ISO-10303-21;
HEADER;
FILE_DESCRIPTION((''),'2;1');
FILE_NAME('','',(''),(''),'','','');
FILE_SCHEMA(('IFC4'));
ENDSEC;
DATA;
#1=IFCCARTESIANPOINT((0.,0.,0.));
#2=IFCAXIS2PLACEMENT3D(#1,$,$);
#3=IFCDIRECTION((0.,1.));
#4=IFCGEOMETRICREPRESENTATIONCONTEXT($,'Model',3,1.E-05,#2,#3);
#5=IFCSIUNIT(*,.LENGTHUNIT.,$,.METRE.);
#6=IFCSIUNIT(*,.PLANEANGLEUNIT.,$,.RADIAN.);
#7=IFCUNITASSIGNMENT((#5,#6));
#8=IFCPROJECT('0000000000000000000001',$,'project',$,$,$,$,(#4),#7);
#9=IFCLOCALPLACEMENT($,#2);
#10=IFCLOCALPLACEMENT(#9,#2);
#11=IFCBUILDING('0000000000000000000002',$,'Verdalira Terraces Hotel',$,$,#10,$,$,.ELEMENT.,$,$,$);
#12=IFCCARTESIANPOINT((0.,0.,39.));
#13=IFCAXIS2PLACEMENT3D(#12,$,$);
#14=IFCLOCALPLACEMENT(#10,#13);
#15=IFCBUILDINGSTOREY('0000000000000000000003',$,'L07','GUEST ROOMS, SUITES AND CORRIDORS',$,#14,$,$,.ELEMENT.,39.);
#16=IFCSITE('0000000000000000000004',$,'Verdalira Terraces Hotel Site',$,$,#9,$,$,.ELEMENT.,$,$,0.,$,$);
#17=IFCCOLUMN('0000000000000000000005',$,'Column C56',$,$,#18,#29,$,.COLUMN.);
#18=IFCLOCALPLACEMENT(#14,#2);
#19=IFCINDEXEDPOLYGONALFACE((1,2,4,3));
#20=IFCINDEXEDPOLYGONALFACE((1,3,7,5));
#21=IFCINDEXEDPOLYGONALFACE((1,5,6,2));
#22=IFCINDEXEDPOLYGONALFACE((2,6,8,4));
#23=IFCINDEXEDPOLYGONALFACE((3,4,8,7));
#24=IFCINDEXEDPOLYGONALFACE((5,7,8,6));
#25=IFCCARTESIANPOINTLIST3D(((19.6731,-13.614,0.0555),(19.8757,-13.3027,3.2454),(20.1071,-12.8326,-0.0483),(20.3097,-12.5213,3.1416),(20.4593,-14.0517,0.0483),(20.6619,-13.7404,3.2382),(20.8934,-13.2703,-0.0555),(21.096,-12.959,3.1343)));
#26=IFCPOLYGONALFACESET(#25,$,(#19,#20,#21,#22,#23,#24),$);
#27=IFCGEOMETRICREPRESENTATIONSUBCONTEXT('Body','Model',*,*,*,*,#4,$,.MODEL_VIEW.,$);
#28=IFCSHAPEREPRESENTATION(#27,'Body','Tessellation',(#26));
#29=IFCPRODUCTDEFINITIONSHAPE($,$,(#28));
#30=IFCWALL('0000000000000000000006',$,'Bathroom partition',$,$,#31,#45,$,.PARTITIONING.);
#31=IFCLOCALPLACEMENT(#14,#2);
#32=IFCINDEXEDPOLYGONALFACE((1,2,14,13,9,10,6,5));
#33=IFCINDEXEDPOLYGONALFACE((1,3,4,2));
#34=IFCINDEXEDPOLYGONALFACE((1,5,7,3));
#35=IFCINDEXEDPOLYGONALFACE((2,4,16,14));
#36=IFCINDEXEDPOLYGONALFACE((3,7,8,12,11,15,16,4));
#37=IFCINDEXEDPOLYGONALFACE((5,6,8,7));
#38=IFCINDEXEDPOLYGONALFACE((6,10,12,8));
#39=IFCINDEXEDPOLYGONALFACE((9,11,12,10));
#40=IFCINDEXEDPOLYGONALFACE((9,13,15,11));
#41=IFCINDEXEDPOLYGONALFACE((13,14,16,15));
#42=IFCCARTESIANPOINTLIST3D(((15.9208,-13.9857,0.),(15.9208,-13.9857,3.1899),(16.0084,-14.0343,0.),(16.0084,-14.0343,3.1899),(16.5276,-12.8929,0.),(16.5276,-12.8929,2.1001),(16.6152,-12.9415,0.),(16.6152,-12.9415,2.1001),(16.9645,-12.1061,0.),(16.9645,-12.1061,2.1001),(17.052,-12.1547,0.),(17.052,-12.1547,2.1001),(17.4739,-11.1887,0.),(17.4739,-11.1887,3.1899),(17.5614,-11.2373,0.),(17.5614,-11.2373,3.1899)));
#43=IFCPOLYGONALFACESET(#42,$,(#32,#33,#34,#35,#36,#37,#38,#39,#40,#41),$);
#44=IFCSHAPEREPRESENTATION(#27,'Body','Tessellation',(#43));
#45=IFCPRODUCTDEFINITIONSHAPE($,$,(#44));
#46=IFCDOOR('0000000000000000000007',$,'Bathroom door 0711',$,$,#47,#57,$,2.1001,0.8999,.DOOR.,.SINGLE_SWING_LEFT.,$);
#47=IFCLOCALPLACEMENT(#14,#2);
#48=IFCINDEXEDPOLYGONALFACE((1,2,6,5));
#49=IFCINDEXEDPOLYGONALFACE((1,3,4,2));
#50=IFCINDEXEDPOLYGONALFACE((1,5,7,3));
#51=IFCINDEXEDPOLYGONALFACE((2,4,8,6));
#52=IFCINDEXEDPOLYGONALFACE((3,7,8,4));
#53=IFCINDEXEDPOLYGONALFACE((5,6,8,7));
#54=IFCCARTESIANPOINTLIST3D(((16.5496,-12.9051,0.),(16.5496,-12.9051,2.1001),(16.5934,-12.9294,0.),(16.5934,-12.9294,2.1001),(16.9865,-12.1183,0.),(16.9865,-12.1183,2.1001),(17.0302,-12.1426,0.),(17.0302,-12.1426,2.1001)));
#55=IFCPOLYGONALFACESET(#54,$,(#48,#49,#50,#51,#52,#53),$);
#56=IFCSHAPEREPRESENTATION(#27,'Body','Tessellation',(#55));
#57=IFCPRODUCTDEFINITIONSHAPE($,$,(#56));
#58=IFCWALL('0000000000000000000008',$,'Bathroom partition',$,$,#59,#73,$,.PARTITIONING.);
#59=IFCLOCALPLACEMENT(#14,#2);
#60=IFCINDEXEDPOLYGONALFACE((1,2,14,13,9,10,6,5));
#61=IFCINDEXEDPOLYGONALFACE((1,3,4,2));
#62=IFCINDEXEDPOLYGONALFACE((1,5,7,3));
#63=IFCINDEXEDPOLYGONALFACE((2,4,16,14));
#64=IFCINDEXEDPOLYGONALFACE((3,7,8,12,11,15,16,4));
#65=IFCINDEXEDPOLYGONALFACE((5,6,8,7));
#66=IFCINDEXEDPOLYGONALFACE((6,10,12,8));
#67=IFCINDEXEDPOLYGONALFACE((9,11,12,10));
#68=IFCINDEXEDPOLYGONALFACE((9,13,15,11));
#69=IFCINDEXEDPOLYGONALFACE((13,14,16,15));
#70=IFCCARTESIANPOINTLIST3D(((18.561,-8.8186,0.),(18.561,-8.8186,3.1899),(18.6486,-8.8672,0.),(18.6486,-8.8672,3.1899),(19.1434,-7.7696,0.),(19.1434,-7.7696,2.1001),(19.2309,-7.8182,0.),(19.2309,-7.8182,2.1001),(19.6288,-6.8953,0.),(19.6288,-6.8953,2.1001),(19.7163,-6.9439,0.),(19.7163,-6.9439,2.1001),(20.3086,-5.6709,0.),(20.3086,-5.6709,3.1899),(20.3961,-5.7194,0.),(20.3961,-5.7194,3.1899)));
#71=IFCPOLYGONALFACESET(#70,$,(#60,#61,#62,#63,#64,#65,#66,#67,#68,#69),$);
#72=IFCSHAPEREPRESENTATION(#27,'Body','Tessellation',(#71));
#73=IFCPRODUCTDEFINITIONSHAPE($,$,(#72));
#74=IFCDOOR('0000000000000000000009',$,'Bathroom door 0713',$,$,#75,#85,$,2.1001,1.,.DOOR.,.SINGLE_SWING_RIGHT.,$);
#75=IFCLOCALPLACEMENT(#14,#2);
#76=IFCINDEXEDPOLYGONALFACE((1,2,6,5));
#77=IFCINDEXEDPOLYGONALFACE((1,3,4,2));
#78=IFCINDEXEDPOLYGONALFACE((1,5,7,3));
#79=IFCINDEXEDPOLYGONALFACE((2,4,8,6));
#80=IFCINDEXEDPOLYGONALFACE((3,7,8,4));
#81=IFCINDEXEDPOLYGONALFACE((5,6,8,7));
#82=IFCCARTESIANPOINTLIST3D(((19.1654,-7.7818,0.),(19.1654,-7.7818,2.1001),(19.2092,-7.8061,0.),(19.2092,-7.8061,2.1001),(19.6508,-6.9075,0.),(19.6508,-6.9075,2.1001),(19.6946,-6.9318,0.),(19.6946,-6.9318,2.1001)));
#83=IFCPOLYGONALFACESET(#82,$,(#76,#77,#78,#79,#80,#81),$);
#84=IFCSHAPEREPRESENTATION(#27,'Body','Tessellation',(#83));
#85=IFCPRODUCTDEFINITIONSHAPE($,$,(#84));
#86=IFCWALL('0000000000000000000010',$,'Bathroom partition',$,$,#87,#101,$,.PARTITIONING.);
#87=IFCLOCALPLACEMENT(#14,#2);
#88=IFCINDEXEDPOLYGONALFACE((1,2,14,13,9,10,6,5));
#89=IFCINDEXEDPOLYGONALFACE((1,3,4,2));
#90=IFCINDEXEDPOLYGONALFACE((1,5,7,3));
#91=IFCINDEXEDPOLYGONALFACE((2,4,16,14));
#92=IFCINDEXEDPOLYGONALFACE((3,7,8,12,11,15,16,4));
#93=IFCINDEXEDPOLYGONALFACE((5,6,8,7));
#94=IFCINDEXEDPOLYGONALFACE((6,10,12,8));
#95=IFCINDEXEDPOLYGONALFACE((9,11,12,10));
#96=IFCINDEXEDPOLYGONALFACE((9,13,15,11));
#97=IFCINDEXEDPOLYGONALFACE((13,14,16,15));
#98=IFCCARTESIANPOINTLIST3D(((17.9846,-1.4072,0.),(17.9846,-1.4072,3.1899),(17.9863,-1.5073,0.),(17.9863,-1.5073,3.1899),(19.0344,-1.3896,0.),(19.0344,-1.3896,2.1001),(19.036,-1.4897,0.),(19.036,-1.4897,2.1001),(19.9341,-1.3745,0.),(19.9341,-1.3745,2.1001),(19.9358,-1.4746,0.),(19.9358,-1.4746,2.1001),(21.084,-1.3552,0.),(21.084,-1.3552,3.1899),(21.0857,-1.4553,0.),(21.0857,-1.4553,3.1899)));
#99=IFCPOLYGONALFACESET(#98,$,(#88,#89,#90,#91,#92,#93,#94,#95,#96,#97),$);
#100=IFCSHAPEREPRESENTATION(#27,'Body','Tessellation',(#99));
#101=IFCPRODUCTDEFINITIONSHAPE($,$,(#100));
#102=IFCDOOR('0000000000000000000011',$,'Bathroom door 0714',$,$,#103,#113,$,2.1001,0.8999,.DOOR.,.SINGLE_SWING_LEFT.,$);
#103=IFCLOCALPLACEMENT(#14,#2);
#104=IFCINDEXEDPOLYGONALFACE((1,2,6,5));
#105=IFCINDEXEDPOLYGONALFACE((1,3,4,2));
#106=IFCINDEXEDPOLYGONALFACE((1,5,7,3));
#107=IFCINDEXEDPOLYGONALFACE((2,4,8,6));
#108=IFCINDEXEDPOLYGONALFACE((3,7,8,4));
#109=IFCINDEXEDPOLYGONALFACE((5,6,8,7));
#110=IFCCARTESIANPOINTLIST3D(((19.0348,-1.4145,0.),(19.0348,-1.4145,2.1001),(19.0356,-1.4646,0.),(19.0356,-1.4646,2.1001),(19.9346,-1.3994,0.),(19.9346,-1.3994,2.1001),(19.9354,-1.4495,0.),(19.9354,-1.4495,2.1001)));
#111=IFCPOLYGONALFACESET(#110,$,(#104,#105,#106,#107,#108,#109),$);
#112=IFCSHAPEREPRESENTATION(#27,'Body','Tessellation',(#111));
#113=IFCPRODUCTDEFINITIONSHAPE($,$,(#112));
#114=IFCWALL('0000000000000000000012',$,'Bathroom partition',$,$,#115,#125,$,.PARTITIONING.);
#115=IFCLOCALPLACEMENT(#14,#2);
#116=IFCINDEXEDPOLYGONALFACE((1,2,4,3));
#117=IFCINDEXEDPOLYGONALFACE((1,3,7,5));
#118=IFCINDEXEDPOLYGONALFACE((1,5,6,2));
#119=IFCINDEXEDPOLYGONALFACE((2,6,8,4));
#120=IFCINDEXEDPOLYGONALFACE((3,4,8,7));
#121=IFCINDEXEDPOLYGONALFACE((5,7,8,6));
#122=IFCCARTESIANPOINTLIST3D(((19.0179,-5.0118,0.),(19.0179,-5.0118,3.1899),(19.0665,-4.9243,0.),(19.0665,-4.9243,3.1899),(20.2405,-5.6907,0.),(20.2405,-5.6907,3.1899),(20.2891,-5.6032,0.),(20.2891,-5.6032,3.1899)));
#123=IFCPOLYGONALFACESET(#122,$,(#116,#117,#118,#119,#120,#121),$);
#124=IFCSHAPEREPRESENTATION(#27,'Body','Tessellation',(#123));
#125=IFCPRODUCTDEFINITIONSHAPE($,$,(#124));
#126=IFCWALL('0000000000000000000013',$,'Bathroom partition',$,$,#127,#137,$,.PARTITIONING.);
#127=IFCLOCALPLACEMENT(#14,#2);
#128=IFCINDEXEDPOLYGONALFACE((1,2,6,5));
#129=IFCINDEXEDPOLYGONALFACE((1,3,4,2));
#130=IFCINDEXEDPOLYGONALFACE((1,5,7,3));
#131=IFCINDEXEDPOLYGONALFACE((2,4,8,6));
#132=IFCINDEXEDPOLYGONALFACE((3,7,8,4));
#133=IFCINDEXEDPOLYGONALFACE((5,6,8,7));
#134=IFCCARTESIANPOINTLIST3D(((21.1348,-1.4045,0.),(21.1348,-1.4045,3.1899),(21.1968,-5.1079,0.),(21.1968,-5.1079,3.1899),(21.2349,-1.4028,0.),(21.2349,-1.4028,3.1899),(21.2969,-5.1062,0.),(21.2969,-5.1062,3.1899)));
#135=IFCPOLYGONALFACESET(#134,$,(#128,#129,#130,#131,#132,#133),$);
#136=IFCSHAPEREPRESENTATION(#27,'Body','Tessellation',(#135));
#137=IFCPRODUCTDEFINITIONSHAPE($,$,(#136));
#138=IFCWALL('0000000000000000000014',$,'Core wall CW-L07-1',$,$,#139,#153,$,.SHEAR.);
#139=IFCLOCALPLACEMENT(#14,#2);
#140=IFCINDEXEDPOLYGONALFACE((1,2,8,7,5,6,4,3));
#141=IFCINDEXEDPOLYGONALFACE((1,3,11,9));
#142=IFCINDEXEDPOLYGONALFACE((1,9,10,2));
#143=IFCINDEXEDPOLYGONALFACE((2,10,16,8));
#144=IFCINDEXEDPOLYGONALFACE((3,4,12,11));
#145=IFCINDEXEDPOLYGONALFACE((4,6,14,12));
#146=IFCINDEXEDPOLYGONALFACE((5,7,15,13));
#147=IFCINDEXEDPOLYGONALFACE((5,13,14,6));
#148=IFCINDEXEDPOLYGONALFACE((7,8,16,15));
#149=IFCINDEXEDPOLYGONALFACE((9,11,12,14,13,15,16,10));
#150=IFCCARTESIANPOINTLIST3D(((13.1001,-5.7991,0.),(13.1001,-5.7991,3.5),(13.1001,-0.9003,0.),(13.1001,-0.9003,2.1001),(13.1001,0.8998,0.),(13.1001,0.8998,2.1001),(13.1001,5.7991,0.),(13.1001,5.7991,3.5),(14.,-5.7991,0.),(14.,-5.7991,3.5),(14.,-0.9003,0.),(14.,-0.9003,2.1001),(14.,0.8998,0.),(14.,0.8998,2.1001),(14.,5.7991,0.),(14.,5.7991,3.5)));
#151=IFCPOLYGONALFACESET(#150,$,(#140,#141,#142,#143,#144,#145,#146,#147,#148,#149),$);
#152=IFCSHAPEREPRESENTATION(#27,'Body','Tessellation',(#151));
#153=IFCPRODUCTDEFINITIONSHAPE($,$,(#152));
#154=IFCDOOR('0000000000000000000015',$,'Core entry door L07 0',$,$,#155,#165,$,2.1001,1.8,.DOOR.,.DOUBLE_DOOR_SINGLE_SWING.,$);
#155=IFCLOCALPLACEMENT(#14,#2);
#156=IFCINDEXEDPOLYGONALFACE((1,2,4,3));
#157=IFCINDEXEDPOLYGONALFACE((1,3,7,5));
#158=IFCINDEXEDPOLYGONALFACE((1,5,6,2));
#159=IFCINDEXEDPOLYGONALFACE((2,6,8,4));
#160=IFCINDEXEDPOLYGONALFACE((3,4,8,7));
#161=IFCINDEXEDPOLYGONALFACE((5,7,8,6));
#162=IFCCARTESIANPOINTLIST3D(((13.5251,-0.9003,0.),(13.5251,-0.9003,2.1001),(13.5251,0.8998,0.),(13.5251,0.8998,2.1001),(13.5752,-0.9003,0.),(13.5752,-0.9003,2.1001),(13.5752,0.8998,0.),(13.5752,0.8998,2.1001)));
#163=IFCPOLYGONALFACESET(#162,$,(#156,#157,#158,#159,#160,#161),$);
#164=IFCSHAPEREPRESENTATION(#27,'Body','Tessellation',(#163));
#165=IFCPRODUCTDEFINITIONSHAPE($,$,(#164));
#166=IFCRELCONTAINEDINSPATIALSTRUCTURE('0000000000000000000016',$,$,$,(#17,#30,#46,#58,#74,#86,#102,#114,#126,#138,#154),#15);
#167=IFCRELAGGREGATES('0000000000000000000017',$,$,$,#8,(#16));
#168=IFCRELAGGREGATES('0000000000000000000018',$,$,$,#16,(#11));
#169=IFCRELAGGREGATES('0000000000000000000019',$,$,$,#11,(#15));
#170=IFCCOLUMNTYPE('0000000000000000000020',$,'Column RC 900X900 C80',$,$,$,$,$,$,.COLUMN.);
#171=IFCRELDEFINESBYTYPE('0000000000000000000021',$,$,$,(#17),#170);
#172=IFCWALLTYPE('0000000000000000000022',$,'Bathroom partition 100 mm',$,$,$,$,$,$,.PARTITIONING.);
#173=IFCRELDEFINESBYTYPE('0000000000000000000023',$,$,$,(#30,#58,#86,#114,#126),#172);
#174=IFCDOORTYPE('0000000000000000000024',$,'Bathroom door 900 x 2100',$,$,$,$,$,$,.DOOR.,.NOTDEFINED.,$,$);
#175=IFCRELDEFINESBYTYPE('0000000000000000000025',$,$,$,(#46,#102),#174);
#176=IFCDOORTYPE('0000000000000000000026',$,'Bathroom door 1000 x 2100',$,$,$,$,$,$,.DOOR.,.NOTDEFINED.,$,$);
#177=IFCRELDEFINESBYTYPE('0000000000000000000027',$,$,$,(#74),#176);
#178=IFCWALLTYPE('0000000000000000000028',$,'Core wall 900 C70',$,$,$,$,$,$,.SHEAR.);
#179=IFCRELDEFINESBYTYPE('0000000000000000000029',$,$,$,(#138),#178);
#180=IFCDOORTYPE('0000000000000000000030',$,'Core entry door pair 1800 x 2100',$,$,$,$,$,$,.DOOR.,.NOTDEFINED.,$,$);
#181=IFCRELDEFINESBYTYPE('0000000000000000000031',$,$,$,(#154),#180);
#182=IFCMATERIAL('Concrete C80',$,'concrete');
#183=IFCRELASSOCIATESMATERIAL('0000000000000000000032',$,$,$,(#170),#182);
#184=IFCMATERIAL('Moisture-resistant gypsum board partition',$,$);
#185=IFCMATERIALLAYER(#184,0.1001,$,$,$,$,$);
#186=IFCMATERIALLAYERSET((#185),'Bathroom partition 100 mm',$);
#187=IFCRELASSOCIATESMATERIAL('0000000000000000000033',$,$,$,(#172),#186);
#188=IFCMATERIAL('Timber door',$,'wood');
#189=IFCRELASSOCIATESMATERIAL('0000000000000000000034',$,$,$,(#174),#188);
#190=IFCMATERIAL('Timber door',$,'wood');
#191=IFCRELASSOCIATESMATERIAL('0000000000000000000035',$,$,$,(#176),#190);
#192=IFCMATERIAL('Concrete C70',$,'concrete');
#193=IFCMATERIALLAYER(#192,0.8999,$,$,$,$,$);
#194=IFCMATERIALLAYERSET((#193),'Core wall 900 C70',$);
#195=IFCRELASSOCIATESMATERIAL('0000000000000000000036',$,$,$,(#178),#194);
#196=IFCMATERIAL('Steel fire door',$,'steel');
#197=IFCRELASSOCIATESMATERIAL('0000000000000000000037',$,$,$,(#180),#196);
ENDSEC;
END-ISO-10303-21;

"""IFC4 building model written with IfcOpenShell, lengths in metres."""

from ifc_helpers import new_model, si_unit, direction, frame, frame_2d, origin, origin_2d, place, context, subcontext, project, spatial, rectangle, extrude, material, layer, layer_set, material_profile, profile_set, type_object, element, fill, save


model = new_model("IFC4")

# Units and contexts
model_context = context("Model", 3, precision=1e-05, world=origin(), true_north=direction((0.0, 1.0)))
body_context = subcontext(model_context, "Body", "Model", "MODEL_VIEW")
ifc_project = project(units=[si_unit("LENGTHUNIT", "METRE"), si_unit("PLANEANGLEUNIT", "RADIAN")], contexts=[model_context])

# Site, building, storey
site_placement = place(None, origin())
site = spatial("IfcSite", under=ifc_project, at=site_placement, Name="Verdalira Terraces Hotel Site", CompositionType="ELEMENT", RefElevation=0.0)
building_placement = place(site_placement, origin())
building = spatial("IfcBuilding", under=site, at=building_placement, Name="Verdalira Terraces Hotel", CompositionType="ELEMENT")
storey_placement = place(building_placement, frame((0.0, 0.0, 39.0)))
storey = spatial("IfcBuildingStorey", under=building, at=storey_placement, Name="L07", Description="GUEST ROOMS, SUITES AND CORRIDORS", CompositionType="ELEMENT", Elevation=39.0)

# Column
ifc_material_1 = material(Name="Concrete C80", Category="concrete")
ifc_material_profile = material_profile(ifc_material_1, rectangle(XDim=0.8999, YDim=0.8999, at=origin_2d()), Name="RC 900X900")
ifc_profile_set = profile_set([ifc_material_profile], Name="Concrete C80")
column_type = type_object("IfcColumnType", Name="Column RC 900X900 C80", PredefinedType="COLUMN", material=ifc_profile_set)
column_placement = place(storey_placement, frame((20.2832, -13.4421, 0.0), z_axis=(0.063097, 0.096927, 0.993289), x_axis=(0.873716, -0.48637, -0.008041)))
element("IfcColumn", 1, at=column_placement, inside=storey, type_object=column_type, Name="Column C56", PredefinedType="COLUMN", context=body_context, shape_type="SweptSolid", body=[
    extrude(rectangle(XDim=0.8999, YDim=0.8999, at=origin_2d()), origin(), (0.0, 0.0, 1.0), 3.2114),
])

# Walls, openings, doors
ifc_material_2 = material(Name="Moisture-resistant gypsum board partition")
ifc_layer_1 = layer(ifc_material_2, 0.1001)
ifc_layer_set_1 = layer_set([ifc_layer_1], Name="Bathroom partition 100 mm")
wall_type_1 = type_object("IfcWallType", Name="Bathroom partition 100 mm", PredefinedType="PARTITIONING", material=ifc_layer_set_1)
wall_1_placement = place(storey_placement, frame((15.9646, -14.01, 0.0), z_axis=(0.0, 0.0, 1.0), x_axis=(0.485442, 0.874269, 0.0)))
wall_1 = element("IfcWall", 2, at=wall_1_placement, inside=storey, type_object=wall_type_1, Name="Bathroom partition", PredefinedType="PARTITIONING", context=body_context, shape_type="SweptSolid", body=[
    extrude(rectangle(XDim=3.1992, YDim=0.1001, at=frame_2d((1.5996, 0.0))), origin(), (0.0, 0.0, 1.0), 3.1899),
])
opening_1_placement = place(wall_1_placement, frame((1.25, 0.0, 0.0)))
opening_1 = element("IfcOpeningElement", 3, at=opening_1_placement, cuts=wall_1, PredefinedType="OPENING", context=body_context, shape_type="SweptSolid", body=[
    extrude(rectangle(XDim=0.8999, YDim=2.1001, at=frame_2d((0.45, 1.05))), frame((0.0, 0.0601, 0.0), z_axis=(0.0, -1.0, 0.0), x_axis=(1.0, 0.0, 0.0)), (0.0, 0.0, 1.0), 0.1201),
])
ifc_material_3 = material(Name="Timber door", Category="wood")
door_type_1 = type_object("IfcDoorType", Name="Bathroom door 900 x 2100", OperationType="NOTDEFINED", PredefinedType="DOOR", material=ifc_material_3)
door_1_placement = place(opening_1_placement, origin())
door_1 = element("IfcDoor", 4, at=door_1_placement, inside=storey, type_object=door_type_1, Name="Bathroom door 0711", OperationType="SINGLE_SWING_LEFT", OverallHeight=2.1001, OverallWidth=0.8999, PredefinedType="DOOR", context=body_context, shape_type="SweptSolid", body=[
    extrude(rectangle(XDim=0.8999, YDim=2.1001, at=frame_2d((0.45, 1.05))), frame((0.0, 0.0249, 0.0), z_axis=(0.0, -1.0, 0.0), x_axis=(1.0, 0.0, 0.0)), (0.0, 0.0, 1.0), 0.05),
])
fill(opening_1, door_1)
wall_2_placement = place(storey_placement, frame((18.6047, -8.843, 0.0), z_axis=(0.0, 0.0, 1.0), x_axis=(0.485395, 0.874295, 0.0)))
wall_2 = element("IfcWall", 5, at=wall_2_placement, inside=storey, type_object=wall_type_1, Name="Bathroom partition", PredefinedType="PARTITIONING", context=body_context, shape_type="SweptSolid", body=[
    extrude(rectangle(XDim=3.6003, YDim=0.1001, at=frame_2d((1.8003, 0.0))), origin(), (0.0, 0.0, 1.0), 3.1899),
])
opening_2_placement = place(wall_2_placement, frame((1.2, 0.0, 0.0)))
opening_2 = element("IfcOpeningElement", 6, at=opening_2_placement, cuts=wall_2, PredefinedType="OPENING", context=body_context, shape_type="SweptSolid", body=[
    extrude(rectangle(XDim=1.0, YDim=2.1001, at=frame_2d((0.5, 1.05))), frame((0.0, 0.0601, 0.0), z_axis=(0.0, -1.0, 0.0), x_axis=(1.0, 0.0, 0.0)), (0.0, 0.0, 1.0), 0.1201),
])
ifc_material_4 = material(Name="Timber door", Category="wood")
door_type_2 = type_object("IfcDoorType", Name="Bathroom door 1000 x 2100", OperationType="NOTDEFINED", PredefinedType="DOOR", material=ifc_material_4)
door_2_placement = place(opening_2_placement, origin())
door_2 = element("IfcDoor", 7, at=door_2_placement, inside=storey, type_object=door_type_2, Name="Bathroom door 0713", OperationType="SINGLE_SWING_RIGHT", OverallHeight=2.1001, OverallWidth=1.0, PredefinedType="DOOR", context=body_context, shape_type="SweptSolid", body=[
    extrude(rectangle(XDim=1.0, YDim=2.1001, at=frame_2d((0.5, 1.05))), frame((0.0, 0.0249, 0.0), z_axis=(0.0, -1.0, 0.0), x_axis=(1.0, 0.0, 0.0)), (0.0, 0.0, 1.0), 0.05),
])
fill(opening_2, door_2)
wall_3_placement = place(storey_placement, frame((21.0847, -1.4053, 0.0), z_axis=(0.0, 0.0, 1.0), x_axis=(-0.999859, -0.016776, 0.0)))
wall_3 = element("IfcWall", 8, at=wall_3_placement, inside=storey, type_object=wall_type_1, Name="Bathroom partition", PredefinedType="PARTITIONING", context=body_context, shape_type="SweptSolid", body=[
    extrude(rectangle(XDim=3.0999, YDim=0.1001, at=frame_2d((1.5498, 0.0))), origin(), (0.0, 0.0, 1.0), 3.1899),
])
opening_3_placement = place(wall_3_placement, frame((1.1499, 0.0, 0.0)))
opening_3 = element("IfcOpeningElement", 9, at=opening_3_placement, cuts=wall_3, PredefinedType="OPENING", context=body_context, shape_type="SweptSolid", body=[
    extrude(rectangle(XDim=0.8999, YDim=2.1001, at=frame_2d((0.45, 1.05))), frame((0.0, 0.0601, 0.0), z_axis=(0.0, -1.0, 0.0), x_axis=(1.0, 0.0, 0.0)), (0.0, 0.0, 1.0), 0.1201),
])
door_3_placement = place(opening_3_placement, origin())
door_3 = element("IfcDoor", 10, at=door_3_placement, inside=storey, type_object=door_type_1, Name="Bathroom door 0714", OperationType="SINGLE_SWING_LEFT", OverallHeight=2.1001, OverallWidth=0.8999, PredefinedType="DOOR", context=body_context, shape_type="SweptSolid", body=[
    extrude(rectangle(XDim=0.8999, YDim=2.1001, at=frame_2d((0.45, 1.05))), frame((0.0, 0.0249, 0.0), z_axis=(0.0, -1.0, 0.0), x_axis=(1.0, 0.0, 0.0)), (0.0, 0.0, 1.0), 0.05),
])
fill(opening_3, door_3)

# Walls
wall_4_placement = place(storey_placement, frame((19.0422, -4.968, 0.0), z_axis=(0.0, 0.0, 1.0), x_axis=(0.874248, -0.48548, 0.0)))
element("IfcWall", 11, at=wall_4_placement, inside=storey, type_object=wall_type_1, Name="Bathroom partition", PredefinedType="PARTITIONING", context=body_context, shape_type="SweptSolid", body=[
    extrude(rectangle(XDim=1.3984, YDim=0.1001, at=frame_2d((0.6992, 0.0))), origin(), (0.0, 0.0, 1.0), 3.1899),
])
wall_5_placement = place(storey_placement, frame((21.1848, -1.4036, 0.0), z_axis=(0.0, 0.0, 1.0), x_axis=(0.016742, -0.99986, 0.0)))
element("IfcWall", 12, at=wall_5_placement, inside=storey, type_object=wall_type_1, Name="Bathroom partition", PredefinedType="PARTITIONING", context=body_context, shape_type="SweptSolid", body=[
    extrude(rectangle(XDim=3.7039, YDim=0.1001, at=frame_2d((1.8521, 0.0))), origin(), (0.0, 0.0, 1.0), 3.1899),
])

# Wall, opening, door
ifc_material_5 = material(Name="Concrete C70", Category="concrete")
ifc_layer_2 = layer(ifc_material_5, 0.8999)
ifc_layer_set_2 = layer_set([ifc_layer_2], Name="Core wall 900 C70")
wall_type_2 = type_object("IfcWallType", Name="Core wall 900 C70", PredefinedType="SHEAR", material=ifc_layer_set_2)
wall_6_placement = place(storey_placement, frame((13.55, -5.7991, 0.0), z_axis=(0.0, 0.0, 1.0), x_axis=(0.0, 1.0, 0.0)))
wall_6 = element("IfcWall", 13, at=wall_6_placement, inside=storey, type_object=wall_type_2, Name="Core wall CW-L07-1", PredefinedType="SHEAR", context=body_context, shape_type="SweptSolid", body=[
    extrude(rectangle(XDim=11.5981, YDim=0.8999, at=frame_2d((5.7991, 0.0))), origin(), (0.0, 0.0, 1.0), 3.5),
])
opening_4_placement = place(wall_6_placement, frame((4.8989, 0.0, 0.0)))
opening_4 = element("IfcOpeningElement", 14, at=opening_4_placement, cuts=wall_6, PredefinedType="OPENING", context=body_context, shape_type="SweptSolid", body=[
    extrude(rectangle(XDim=1.8, YDim=2.1001, at=frame_2d((0.8999, 1.05))), frame((0.0, 0.46, 0.0), z_axis=(0.0, -1.0, 0.0), x_axis=(1.0, 0.0, 0.0)), (0.0, 0.0, 1.0), 0.9199),
])
ifc_material_6 = material(Name="Steel fire door", Category="steel")
door_type_3 = type_object("IfcDoorType", Name="Core entry door pair 1800 x 2100", OperationType="NOTDEFINED", PredefinedType="DOOR", material=ifc_material_6)
door_4_placement = place(opening_4_placement, origin())
door_4 = element("IfcDoor", 15, at=door_4_placement, inside=storey, type_object=door_type_3, Name="Core entry door L07 0", OperationType="DOUBLE_DOOR_SINGLE_SWING", OverallHeight=2.1001, OverallWidth=1.8, PredefinedType="DOOR", context=body_context, shape_type="SweptSolid", body=[
    extrude(rectangle(XDim=1.8, YDim=2.1001, at=frame_2d((0.8999, 1.05))), frame((0.0, 0.0249, 0.0), z_axis=(0.0, -1.0, 0.0), x_axis=(1.0, 0.0, 0.0)), (0.0, 0.0, 1.0), 0.05),
])
fill(opening_4, door_4)

save(model, "model.ifc")
